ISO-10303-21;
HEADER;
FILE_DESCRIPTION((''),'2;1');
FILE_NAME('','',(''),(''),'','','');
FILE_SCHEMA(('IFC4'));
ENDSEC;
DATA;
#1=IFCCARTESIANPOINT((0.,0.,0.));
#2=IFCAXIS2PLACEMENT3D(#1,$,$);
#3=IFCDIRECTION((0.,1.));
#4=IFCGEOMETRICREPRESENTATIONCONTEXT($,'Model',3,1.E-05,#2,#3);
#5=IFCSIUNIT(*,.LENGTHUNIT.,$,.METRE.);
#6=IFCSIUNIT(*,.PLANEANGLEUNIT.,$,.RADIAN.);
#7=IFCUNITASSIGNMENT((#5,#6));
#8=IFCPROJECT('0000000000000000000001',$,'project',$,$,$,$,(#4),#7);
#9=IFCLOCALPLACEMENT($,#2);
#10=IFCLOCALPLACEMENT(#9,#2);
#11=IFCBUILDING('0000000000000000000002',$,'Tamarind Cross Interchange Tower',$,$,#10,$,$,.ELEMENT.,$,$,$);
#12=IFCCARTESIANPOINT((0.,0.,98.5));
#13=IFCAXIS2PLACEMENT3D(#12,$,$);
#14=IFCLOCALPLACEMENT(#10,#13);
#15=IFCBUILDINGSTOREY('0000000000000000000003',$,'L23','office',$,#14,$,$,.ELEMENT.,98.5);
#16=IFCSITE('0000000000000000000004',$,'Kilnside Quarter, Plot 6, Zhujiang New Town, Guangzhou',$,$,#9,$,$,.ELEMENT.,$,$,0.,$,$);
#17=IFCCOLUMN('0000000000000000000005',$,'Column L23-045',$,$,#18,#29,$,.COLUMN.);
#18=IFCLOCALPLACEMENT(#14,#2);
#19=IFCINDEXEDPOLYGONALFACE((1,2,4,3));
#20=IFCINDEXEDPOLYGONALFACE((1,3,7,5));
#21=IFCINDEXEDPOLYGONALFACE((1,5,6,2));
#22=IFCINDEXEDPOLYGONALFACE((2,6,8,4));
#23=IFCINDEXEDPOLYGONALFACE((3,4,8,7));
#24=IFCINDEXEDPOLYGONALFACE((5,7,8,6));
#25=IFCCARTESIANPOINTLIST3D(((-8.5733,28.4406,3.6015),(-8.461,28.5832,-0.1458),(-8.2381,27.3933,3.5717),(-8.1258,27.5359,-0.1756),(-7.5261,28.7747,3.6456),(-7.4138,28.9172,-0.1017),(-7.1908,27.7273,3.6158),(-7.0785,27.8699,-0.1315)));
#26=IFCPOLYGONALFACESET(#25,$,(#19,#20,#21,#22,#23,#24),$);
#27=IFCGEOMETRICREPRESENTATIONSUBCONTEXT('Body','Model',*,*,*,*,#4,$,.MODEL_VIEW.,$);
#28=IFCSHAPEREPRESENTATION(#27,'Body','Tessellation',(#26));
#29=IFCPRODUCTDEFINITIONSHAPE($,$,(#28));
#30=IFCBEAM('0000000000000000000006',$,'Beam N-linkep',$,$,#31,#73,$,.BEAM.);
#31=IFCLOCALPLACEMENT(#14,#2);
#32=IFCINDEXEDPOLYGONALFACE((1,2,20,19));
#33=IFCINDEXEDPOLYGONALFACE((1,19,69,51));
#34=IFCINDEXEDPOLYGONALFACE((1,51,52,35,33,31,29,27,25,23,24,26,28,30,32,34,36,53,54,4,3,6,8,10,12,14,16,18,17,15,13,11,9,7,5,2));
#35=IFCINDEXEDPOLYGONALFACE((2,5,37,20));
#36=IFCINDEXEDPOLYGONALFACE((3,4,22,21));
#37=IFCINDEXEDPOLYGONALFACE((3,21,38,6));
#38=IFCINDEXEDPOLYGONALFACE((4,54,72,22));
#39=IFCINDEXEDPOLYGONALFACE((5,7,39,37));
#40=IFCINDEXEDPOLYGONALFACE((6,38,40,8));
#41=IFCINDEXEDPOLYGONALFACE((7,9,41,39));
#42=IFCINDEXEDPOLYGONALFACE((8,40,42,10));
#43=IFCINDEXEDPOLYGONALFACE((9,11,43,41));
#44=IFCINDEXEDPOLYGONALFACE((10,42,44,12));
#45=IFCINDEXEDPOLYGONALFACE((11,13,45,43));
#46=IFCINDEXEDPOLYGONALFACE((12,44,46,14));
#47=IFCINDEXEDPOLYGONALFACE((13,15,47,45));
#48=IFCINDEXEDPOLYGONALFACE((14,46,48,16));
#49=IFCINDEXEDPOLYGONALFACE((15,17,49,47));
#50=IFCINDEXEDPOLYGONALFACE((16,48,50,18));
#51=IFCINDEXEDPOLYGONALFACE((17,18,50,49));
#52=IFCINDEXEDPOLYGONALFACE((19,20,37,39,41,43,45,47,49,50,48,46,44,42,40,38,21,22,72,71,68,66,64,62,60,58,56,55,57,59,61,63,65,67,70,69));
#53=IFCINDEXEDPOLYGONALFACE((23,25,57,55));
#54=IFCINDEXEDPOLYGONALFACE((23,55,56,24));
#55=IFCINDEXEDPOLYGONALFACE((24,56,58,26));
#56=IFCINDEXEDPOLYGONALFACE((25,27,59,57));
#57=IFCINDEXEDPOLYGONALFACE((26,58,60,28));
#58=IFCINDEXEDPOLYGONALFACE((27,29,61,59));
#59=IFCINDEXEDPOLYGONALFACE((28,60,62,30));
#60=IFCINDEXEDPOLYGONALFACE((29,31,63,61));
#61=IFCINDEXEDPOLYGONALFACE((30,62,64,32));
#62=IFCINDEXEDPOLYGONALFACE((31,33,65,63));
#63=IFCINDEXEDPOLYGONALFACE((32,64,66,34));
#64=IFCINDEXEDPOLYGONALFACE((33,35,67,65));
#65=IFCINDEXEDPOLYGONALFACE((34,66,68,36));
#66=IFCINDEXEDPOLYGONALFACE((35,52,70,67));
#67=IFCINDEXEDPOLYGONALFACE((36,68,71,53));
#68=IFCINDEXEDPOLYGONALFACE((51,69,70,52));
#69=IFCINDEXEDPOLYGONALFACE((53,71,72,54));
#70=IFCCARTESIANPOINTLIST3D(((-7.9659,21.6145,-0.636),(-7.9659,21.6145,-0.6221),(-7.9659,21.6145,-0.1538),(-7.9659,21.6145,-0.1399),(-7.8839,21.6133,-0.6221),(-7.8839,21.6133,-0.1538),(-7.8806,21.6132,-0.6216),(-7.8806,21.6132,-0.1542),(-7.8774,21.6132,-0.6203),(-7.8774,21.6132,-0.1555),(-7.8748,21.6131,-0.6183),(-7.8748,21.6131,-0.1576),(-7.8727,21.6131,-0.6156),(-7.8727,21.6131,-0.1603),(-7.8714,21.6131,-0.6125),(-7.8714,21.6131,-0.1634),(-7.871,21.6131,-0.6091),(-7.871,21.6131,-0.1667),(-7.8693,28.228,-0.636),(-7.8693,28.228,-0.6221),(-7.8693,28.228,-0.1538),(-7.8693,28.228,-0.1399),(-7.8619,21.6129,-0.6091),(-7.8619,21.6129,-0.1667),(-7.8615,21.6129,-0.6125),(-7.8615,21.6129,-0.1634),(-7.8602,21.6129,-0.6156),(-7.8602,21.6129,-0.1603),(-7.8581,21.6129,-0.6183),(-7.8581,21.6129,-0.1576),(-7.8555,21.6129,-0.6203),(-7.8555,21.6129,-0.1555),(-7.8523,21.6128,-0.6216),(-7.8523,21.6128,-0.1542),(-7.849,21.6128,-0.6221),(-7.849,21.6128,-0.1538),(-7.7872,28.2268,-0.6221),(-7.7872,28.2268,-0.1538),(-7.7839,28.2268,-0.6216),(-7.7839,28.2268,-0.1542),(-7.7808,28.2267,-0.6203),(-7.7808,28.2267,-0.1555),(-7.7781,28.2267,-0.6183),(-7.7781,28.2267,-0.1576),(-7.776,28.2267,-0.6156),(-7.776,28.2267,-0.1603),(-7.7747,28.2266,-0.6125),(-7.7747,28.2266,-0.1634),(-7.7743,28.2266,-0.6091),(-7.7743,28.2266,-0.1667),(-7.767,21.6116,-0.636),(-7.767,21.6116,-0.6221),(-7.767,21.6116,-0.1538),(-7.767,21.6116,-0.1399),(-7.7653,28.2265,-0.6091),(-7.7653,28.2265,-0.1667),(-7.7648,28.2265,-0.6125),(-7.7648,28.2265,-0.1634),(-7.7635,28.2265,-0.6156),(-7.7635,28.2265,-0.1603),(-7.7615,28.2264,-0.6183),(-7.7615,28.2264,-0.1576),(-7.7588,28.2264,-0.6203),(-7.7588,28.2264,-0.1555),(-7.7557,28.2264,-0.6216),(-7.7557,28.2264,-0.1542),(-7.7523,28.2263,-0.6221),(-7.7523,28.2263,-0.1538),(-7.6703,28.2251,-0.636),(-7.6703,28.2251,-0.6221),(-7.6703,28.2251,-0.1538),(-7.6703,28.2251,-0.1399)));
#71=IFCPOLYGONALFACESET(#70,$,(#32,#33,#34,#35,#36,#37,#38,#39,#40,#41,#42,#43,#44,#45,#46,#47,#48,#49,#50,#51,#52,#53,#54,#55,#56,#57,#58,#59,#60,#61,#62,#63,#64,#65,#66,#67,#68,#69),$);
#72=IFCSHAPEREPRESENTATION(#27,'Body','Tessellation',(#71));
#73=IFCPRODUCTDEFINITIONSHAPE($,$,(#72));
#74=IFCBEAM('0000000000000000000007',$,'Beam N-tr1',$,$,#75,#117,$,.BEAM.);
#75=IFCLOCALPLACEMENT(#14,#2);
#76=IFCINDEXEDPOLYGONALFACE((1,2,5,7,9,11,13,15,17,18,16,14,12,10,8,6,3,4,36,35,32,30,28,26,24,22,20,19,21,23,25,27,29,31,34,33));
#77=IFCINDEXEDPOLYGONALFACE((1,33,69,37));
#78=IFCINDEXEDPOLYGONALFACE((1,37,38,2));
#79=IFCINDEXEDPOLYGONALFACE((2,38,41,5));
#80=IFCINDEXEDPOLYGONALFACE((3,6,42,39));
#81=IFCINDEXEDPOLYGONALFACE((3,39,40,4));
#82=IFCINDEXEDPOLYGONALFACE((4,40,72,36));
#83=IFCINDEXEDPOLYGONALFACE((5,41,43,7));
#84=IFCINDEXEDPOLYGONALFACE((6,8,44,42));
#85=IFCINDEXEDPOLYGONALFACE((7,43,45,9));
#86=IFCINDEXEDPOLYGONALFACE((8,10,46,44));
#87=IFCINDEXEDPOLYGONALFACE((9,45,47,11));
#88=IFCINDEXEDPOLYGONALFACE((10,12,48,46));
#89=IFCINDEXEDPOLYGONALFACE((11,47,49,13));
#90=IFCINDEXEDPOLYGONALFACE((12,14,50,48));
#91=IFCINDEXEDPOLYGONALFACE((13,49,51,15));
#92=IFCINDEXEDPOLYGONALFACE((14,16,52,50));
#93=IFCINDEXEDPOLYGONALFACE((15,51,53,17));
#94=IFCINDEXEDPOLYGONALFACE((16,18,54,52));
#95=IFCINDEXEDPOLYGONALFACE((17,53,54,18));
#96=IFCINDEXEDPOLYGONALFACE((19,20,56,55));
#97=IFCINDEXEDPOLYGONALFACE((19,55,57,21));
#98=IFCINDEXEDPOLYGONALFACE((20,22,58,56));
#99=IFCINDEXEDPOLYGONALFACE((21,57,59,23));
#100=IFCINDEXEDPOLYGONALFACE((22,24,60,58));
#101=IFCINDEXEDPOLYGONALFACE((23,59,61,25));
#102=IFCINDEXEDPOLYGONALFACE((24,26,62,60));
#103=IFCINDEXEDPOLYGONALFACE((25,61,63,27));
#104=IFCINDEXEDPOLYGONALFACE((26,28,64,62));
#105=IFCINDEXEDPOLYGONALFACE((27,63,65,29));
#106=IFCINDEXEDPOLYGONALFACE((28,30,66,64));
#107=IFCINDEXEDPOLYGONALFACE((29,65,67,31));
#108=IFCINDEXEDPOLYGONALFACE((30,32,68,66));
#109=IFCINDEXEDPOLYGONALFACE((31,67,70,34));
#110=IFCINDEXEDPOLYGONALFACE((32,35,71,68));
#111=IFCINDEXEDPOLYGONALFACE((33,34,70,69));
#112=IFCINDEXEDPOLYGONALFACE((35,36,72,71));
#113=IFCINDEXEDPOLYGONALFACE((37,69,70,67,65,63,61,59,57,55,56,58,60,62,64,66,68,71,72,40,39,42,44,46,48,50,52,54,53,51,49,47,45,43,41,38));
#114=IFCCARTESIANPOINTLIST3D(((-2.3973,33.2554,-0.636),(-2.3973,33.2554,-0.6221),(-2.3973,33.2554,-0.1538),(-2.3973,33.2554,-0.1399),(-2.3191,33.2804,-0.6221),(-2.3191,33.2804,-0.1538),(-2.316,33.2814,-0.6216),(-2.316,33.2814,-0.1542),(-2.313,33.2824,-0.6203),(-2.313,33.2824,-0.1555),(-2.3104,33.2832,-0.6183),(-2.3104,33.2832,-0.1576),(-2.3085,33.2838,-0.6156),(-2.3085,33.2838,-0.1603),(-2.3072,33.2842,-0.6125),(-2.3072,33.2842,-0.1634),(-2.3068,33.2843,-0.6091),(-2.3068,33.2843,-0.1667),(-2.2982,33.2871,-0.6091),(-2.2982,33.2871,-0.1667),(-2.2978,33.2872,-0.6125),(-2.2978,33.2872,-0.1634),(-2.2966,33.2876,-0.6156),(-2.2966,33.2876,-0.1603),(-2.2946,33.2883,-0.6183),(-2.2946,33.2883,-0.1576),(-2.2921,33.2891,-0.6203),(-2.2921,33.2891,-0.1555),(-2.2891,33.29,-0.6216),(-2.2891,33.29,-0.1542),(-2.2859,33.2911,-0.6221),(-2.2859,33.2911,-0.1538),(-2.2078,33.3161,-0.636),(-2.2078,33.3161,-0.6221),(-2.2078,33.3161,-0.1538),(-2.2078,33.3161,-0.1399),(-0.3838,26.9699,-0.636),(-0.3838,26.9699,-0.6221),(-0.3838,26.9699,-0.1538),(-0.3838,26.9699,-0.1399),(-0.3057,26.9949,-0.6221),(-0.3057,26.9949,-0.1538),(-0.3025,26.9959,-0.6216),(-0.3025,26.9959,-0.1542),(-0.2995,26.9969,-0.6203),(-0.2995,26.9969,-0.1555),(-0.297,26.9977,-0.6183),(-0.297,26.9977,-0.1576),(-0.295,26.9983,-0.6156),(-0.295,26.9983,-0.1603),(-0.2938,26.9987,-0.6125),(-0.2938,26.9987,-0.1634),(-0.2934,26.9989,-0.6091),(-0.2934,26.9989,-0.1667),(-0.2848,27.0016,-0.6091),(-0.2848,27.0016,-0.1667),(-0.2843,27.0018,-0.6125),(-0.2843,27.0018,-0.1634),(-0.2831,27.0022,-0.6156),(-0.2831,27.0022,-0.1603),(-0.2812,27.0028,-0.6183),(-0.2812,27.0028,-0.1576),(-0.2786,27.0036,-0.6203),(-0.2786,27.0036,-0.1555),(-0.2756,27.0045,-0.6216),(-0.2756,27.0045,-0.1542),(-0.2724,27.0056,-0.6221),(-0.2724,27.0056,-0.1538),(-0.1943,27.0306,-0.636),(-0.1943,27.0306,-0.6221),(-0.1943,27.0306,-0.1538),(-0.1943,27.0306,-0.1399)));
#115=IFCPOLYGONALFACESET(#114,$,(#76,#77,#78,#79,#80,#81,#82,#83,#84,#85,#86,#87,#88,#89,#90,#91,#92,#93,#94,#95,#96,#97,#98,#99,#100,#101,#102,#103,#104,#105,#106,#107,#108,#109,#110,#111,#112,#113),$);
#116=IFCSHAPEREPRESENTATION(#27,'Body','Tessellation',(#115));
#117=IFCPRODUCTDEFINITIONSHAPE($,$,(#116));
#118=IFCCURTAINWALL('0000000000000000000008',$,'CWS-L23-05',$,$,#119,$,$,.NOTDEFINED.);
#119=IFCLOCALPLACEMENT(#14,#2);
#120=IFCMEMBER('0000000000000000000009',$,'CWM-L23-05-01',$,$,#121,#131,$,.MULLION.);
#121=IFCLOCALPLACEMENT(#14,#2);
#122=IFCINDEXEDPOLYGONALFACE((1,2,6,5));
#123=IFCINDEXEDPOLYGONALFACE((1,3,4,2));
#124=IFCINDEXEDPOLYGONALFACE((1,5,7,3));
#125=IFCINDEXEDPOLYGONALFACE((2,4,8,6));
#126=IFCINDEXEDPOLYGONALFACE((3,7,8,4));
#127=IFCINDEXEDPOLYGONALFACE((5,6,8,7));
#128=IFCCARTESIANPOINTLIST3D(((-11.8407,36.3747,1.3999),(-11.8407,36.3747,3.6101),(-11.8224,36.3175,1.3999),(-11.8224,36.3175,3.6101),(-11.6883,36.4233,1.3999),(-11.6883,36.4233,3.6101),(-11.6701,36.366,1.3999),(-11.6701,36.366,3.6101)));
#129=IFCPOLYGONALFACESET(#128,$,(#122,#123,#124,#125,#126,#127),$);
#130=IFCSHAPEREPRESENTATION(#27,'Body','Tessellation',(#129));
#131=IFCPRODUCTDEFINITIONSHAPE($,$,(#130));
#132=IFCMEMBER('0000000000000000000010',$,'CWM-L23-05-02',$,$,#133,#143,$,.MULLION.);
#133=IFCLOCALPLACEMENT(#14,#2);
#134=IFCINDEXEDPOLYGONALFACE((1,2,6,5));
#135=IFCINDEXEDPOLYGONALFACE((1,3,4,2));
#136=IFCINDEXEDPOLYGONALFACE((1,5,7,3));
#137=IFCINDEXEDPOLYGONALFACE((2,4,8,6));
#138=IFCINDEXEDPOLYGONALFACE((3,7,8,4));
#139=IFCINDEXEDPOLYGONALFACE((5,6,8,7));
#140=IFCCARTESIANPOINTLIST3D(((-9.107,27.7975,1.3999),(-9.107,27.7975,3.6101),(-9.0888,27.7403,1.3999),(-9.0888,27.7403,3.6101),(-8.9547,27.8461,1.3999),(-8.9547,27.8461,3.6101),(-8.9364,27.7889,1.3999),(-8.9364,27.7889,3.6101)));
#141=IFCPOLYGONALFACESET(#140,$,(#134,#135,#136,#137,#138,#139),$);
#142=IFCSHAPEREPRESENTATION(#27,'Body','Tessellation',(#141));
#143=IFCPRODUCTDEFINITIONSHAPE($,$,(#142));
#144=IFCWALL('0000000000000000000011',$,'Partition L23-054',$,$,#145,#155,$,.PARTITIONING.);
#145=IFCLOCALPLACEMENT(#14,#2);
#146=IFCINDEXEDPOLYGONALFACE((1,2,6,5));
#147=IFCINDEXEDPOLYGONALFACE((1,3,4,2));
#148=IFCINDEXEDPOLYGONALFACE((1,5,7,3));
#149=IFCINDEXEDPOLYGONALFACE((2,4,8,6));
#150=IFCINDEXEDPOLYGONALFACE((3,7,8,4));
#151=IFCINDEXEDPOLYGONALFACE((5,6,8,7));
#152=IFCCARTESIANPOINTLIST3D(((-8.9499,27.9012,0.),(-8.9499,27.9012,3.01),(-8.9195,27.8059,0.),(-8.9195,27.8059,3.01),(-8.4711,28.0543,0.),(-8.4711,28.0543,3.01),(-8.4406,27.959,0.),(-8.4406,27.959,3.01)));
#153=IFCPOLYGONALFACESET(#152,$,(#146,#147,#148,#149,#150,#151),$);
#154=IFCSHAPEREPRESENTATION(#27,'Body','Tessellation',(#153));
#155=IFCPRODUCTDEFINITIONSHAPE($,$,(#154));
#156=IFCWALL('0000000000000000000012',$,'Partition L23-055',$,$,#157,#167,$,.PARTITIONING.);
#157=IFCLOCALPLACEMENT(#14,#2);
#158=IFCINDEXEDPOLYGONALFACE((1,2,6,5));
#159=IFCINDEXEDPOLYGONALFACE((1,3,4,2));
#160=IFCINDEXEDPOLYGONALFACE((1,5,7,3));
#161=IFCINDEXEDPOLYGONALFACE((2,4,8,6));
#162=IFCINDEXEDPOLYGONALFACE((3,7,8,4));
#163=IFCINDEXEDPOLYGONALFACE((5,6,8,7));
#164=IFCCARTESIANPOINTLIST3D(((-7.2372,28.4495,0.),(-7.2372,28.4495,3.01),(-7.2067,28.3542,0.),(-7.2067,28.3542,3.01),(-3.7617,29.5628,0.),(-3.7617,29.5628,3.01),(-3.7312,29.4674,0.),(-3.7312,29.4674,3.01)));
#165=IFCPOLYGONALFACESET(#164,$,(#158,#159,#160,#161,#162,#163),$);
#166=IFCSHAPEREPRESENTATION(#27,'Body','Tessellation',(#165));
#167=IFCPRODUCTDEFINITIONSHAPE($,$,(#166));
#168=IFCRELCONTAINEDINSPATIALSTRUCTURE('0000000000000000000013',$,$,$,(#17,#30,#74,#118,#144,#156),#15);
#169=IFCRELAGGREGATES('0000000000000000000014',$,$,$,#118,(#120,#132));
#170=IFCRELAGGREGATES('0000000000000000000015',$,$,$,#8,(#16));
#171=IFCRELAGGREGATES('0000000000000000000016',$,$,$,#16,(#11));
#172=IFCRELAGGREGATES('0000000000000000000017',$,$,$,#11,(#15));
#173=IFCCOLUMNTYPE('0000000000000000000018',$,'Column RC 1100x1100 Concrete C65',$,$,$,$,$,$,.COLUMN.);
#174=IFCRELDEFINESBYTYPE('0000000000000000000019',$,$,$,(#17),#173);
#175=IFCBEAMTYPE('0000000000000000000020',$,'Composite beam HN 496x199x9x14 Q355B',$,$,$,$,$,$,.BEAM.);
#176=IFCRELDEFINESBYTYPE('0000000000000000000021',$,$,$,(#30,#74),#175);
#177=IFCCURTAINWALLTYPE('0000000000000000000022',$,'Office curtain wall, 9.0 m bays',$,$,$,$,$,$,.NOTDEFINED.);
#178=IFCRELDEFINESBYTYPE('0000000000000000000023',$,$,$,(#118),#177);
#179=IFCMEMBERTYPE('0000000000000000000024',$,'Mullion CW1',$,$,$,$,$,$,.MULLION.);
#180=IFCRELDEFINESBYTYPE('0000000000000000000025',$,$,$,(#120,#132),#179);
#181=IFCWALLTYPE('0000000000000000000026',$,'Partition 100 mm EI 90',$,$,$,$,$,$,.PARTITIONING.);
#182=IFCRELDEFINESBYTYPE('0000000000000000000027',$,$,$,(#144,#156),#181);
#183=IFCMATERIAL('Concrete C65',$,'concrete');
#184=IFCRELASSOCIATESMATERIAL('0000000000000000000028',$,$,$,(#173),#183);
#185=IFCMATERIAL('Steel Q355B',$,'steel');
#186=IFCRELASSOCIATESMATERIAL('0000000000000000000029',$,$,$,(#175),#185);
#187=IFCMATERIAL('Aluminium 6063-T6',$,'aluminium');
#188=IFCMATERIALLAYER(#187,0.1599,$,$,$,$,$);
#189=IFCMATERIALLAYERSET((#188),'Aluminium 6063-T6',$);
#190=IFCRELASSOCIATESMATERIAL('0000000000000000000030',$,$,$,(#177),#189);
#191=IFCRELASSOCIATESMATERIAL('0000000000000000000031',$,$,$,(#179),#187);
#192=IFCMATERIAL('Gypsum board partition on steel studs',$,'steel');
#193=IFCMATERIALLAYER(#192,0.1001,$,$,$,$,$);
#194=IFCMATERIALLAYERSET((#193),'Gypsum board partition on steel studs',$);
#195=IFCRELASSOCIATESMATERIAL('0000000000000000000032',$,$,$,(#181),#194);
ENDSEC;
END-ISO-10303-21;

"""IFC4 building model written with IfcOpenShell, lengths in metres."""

from ifc_helpers import new_model, si_unit, direction, frame, frame_2d, origin, origin_2d, place, context, subcontext, project, spatial, rectangle, i_section, extrude, material, layer, layer_set, material_profile, profile_set, type_object, element, aggregate, save


model = new_model("IFC4")

# Units and contexts
model_context = context("Model", 3, precision=1e-05, world=origin(), true_north=direction((0.0, 1.0)))
body_context = subcontext(model_context, "Body", "Model", "MODEL_VIEW")
ifc_project = project(units=[si_unit("LENGTHUNIT", "METRE"), si_unit("PLANEANGLEUNIT", "RADIAN")], contexts=[model_context])

# Site, building, storey
site_placement = place(None, origin())
site = spatial("IfcSite", under=ifc_project, at=site_placement, Name="Kilnside Quarter, Plot 6, Zhujiang New Town, Guangzhou", CompositionType="ELEMENT", RefElevation=0.0)
building_placement = place(site_placement, origin())
building = spatial("IfcBuilding", under=site, at=building_placement, Name="Tamarind Cross Interchange Tower", CompositionType="ELEMENT")
storey_placement = place(building_placement, frame((0.0, 0.0, 98.5)))
storey = spatial("IfcBuildingStorey", under=building, at=storey_placement, Name="L23", Description="office", CompositionType="ELEMENT", Elevation=98.5)

# Column
ifc_material_1 = material(Name="Concrete C65", Category="concrete")
ifc_material_profile_1 = material_profile(ifc_material_1, rectangle(XDim=1.1001, YDim=1.1001, at=origin_2d()), Name="RC 1100x1100")
ifc_profile_set_1 = profile_set([ifc_material_profile_1], Name="Concrete C65")
column_type = type_object("IfcColumnType", Name="Column RC 1100x1100 Concrete C65", PredefinedType="COLUMN", material=ifc_profile_set_1)
column_placement = place(storey_placement, frame((-7.7698, 28.2266, -0.1387), z_axis=(-0.029934, -0.038004, 0.998829), x_axis=(0.951952, 0.303614, 0.040081)))
element("IfcColumn", 1, at=column_placement, inside=storey, type_object=column_type, Name="Column L23-045", PredefinedType="COLUMN", context=body_context, shape_type="SweptSolid", body=[
    extrude(rectangle(XDim=1.1001, YDim=1.1001, at=origin_2d()), origin(), (0.0, 0.0, 1.0), 3.7517),
])

# Beams
ifc_material_2 = material(Name="Steel Q355B", Category="steel")
ifc_material_profile_2 = material_profile(ifc_material_2, i_section(OverallWidth=0.199, OverallDepth=0.4961, WebThickness=0.009, FlangeThickness=0.0139, FilletRadius=0.0129, at=origin_2d()), Name="HN 496x199x9x14")
ifc_profile_set_2 = profile_set([ifc_material_profile_2], Name="Steel Q355B")
beam_type = type_object("IfcBeamType", Name="Composite beam HN 496x199x9x14 Q355B", PredefinedType="BEAM", material=ifc_profile_set_2)
beam_1_placement = place(storey_placement, frame((-7.7698, 28.2266, -0.3879), z_axis=(-0.014617, -0.999893, 0.0), x_axis=(0.999893, -0.014617, 0.0)))
element("IfcBeam", 2, at=beam_1_placement, inside=storey, type_object=beam_type, Name="Beam N-linkep", PredefinedType="BEAM", context=body_context, shape_type="SweptSolid", body=[
    extrude(i_section(OverallWidth=0.199, OverallDepth=0.4961, WebThickness=0.009, FlangeThickness=0.0139, FilletRadius=0.0129, at=origin_2d()), origin(), (0.0, 0.0, 1.0), 6.6143),
])
beam_2_placement = place(storey_placement, frame((-0.2891, 27.0002, -0.3879), z_axis=(-0.305064, 0.952332, 0.0), x_axis=(-0.952332, -0.305064, 0.0)))
element("IfcBeam", 3, at=beam_2_placement, inside=storey, type_object=beam_type, Name="Beam N-tr1", PredefinedType="BEAM", context=body_context, shape_type="SweptSolid", body=[
    extrude(i_section(OverallWidth=0.199, OverallDepth=0.4961, WebThickness=0.009, FlangeThickness=0.0139, FilletRadius=0.0129, at=origin_2d()), origin(), (0.0, 0.0, 1.0), 6.6001),
])

# Curtain wall, members
ifc_material_3 = material(Name="Aluminium 6063-T6", Category="aluminium")
ifc_layer_1 = layer(ifc_material_3, 0.1599)
ifc_layer_set_1 = layer_set([ifc_layer_1], Name="Aluminium 6063-T6")
curtain_wall_type = type_object("IfcCurtainWallType", Name="Office curtain wall, 9.0 m bays", PredefinedType="NOTDEFINED", material=ifc_layer_set_1)
curtain_wall_placement = place(storey_placement, origin())
curtain_wall = element("IfcCurtainWall", 4, at=curtain_wall_placement, inside=storey, type_object=curtain_wall_type, Name="CWS-L23-05", PredefinedType="NOTDEFINED")
ifc_material_profile_3 = material_profile(ifc_material_3, rectangle(XDim=0.0601, YDim=0.1599, at=origin_2d()), Name="Mullion CW1")
ifc_profile_set_3 = profile_set([ifc_material_profile_3], Name="Aluminium 6063-T6")
member_type = type_object("IfcMemberType", Name="Mullion CW1", PredefinedType="MULLION", material=ifc_profile_set_3)
member_1_placement = place(storey_placement, frame((-11.7554, 36.3704, 1.3999), z_axis=(0.0, 0.0, 1.0), x_axis=(0.303683, -0.952773, 0.0)))
member_1 = element("IfcMember", 5, at=member_1_placement, type_object=member_type, Name="CWM-L23-05-01", PredefinedType="MULLION", context=body_context, shape_type="SweptSolid", body=[
    extrude(rectangle(XDim=0.0601, YDim=0.1599, at=origin_2d()), origin(), (0.0, 0.0, 1.0), 2.2102),
])
member_2_placement = place(storey_placement, frame((-9.0217, 27.7932, 1.3999), z_axis=(0.0, 0.0, 1.0), x_axis=(0.303683, -0.952773, 0.0)))
member_2 = element("IfcMember", 6, at=member_2_placement, type_object=member_type, Name="CWM-L23-05-02", PredefinedType="MULLION", context=body_context, shape_type="SweptSolid", body=[
    extrude(rectangle(XDim=0.0601, YDim=0.1599, at=origin_2d()), origin(), (0.0, 0.0, 1.0), 2.2102),
])
aggregate(curtain_wall, [member_1, member_2])

# Walls
ifc_material_4 = material(Name="Gypsum board partition on steel studs", Category="steel")
ifc_layer_2 = layer(ifc_material_4, 0.1001)
ifc_layer_set_2 = layer_set([ifc_layer_2], Name="Gypsum board partition on steel studs")
wall_type_1 = type_object("IfcWallType", Name="Partition 100 mm EI 90", PredefinedType="PARTITIONING", material=ifc_layer_set_2)
wall_1_placement = place(storey_placement, frame((-8.9348, 27.8535, 0.0), z_axis=(0.0, 0.0, 1.0), x_axis=(0.952497, 0.304547, 0.0)))
element("IfcWall", 7, at=wall_1_placement, inside=storey, type_object=wall_type_1, Name="Partition L23-054", PredefinedType="PARTITIONING", context=body_context, shape_type="SweptSolid", body=[
    extrude(rectangle(XDim=0.5027, YDim=0.1001, at=frame_2d((0.2515, 0.0))), origin(), (0.0, 0.0, 1.0), 3.01),
])
wall_2_placement = place(storey_placement, frame((-7.2219, 28.4019, 0.0), z_axis=(0.0, 0.0, 1.0), x_axis=(0.952337, 0.305048, 0.0)))
element("IfcWall", 8, at=wall_2_placement, inside=storey, type_object=wall_type_1, Name="Partition L23-055", PredefinedType="PARTITIONING", context=body_context, shape_type="SweptSolid", body=[
    extrude(rectangle(XDim=3.6494, YDim=0.1001, at=frame_2d((1.8247, 0.0))), origin(), (0.0, 0.0, 1.0), 3.01),
])

save(model, "model.ifc")
